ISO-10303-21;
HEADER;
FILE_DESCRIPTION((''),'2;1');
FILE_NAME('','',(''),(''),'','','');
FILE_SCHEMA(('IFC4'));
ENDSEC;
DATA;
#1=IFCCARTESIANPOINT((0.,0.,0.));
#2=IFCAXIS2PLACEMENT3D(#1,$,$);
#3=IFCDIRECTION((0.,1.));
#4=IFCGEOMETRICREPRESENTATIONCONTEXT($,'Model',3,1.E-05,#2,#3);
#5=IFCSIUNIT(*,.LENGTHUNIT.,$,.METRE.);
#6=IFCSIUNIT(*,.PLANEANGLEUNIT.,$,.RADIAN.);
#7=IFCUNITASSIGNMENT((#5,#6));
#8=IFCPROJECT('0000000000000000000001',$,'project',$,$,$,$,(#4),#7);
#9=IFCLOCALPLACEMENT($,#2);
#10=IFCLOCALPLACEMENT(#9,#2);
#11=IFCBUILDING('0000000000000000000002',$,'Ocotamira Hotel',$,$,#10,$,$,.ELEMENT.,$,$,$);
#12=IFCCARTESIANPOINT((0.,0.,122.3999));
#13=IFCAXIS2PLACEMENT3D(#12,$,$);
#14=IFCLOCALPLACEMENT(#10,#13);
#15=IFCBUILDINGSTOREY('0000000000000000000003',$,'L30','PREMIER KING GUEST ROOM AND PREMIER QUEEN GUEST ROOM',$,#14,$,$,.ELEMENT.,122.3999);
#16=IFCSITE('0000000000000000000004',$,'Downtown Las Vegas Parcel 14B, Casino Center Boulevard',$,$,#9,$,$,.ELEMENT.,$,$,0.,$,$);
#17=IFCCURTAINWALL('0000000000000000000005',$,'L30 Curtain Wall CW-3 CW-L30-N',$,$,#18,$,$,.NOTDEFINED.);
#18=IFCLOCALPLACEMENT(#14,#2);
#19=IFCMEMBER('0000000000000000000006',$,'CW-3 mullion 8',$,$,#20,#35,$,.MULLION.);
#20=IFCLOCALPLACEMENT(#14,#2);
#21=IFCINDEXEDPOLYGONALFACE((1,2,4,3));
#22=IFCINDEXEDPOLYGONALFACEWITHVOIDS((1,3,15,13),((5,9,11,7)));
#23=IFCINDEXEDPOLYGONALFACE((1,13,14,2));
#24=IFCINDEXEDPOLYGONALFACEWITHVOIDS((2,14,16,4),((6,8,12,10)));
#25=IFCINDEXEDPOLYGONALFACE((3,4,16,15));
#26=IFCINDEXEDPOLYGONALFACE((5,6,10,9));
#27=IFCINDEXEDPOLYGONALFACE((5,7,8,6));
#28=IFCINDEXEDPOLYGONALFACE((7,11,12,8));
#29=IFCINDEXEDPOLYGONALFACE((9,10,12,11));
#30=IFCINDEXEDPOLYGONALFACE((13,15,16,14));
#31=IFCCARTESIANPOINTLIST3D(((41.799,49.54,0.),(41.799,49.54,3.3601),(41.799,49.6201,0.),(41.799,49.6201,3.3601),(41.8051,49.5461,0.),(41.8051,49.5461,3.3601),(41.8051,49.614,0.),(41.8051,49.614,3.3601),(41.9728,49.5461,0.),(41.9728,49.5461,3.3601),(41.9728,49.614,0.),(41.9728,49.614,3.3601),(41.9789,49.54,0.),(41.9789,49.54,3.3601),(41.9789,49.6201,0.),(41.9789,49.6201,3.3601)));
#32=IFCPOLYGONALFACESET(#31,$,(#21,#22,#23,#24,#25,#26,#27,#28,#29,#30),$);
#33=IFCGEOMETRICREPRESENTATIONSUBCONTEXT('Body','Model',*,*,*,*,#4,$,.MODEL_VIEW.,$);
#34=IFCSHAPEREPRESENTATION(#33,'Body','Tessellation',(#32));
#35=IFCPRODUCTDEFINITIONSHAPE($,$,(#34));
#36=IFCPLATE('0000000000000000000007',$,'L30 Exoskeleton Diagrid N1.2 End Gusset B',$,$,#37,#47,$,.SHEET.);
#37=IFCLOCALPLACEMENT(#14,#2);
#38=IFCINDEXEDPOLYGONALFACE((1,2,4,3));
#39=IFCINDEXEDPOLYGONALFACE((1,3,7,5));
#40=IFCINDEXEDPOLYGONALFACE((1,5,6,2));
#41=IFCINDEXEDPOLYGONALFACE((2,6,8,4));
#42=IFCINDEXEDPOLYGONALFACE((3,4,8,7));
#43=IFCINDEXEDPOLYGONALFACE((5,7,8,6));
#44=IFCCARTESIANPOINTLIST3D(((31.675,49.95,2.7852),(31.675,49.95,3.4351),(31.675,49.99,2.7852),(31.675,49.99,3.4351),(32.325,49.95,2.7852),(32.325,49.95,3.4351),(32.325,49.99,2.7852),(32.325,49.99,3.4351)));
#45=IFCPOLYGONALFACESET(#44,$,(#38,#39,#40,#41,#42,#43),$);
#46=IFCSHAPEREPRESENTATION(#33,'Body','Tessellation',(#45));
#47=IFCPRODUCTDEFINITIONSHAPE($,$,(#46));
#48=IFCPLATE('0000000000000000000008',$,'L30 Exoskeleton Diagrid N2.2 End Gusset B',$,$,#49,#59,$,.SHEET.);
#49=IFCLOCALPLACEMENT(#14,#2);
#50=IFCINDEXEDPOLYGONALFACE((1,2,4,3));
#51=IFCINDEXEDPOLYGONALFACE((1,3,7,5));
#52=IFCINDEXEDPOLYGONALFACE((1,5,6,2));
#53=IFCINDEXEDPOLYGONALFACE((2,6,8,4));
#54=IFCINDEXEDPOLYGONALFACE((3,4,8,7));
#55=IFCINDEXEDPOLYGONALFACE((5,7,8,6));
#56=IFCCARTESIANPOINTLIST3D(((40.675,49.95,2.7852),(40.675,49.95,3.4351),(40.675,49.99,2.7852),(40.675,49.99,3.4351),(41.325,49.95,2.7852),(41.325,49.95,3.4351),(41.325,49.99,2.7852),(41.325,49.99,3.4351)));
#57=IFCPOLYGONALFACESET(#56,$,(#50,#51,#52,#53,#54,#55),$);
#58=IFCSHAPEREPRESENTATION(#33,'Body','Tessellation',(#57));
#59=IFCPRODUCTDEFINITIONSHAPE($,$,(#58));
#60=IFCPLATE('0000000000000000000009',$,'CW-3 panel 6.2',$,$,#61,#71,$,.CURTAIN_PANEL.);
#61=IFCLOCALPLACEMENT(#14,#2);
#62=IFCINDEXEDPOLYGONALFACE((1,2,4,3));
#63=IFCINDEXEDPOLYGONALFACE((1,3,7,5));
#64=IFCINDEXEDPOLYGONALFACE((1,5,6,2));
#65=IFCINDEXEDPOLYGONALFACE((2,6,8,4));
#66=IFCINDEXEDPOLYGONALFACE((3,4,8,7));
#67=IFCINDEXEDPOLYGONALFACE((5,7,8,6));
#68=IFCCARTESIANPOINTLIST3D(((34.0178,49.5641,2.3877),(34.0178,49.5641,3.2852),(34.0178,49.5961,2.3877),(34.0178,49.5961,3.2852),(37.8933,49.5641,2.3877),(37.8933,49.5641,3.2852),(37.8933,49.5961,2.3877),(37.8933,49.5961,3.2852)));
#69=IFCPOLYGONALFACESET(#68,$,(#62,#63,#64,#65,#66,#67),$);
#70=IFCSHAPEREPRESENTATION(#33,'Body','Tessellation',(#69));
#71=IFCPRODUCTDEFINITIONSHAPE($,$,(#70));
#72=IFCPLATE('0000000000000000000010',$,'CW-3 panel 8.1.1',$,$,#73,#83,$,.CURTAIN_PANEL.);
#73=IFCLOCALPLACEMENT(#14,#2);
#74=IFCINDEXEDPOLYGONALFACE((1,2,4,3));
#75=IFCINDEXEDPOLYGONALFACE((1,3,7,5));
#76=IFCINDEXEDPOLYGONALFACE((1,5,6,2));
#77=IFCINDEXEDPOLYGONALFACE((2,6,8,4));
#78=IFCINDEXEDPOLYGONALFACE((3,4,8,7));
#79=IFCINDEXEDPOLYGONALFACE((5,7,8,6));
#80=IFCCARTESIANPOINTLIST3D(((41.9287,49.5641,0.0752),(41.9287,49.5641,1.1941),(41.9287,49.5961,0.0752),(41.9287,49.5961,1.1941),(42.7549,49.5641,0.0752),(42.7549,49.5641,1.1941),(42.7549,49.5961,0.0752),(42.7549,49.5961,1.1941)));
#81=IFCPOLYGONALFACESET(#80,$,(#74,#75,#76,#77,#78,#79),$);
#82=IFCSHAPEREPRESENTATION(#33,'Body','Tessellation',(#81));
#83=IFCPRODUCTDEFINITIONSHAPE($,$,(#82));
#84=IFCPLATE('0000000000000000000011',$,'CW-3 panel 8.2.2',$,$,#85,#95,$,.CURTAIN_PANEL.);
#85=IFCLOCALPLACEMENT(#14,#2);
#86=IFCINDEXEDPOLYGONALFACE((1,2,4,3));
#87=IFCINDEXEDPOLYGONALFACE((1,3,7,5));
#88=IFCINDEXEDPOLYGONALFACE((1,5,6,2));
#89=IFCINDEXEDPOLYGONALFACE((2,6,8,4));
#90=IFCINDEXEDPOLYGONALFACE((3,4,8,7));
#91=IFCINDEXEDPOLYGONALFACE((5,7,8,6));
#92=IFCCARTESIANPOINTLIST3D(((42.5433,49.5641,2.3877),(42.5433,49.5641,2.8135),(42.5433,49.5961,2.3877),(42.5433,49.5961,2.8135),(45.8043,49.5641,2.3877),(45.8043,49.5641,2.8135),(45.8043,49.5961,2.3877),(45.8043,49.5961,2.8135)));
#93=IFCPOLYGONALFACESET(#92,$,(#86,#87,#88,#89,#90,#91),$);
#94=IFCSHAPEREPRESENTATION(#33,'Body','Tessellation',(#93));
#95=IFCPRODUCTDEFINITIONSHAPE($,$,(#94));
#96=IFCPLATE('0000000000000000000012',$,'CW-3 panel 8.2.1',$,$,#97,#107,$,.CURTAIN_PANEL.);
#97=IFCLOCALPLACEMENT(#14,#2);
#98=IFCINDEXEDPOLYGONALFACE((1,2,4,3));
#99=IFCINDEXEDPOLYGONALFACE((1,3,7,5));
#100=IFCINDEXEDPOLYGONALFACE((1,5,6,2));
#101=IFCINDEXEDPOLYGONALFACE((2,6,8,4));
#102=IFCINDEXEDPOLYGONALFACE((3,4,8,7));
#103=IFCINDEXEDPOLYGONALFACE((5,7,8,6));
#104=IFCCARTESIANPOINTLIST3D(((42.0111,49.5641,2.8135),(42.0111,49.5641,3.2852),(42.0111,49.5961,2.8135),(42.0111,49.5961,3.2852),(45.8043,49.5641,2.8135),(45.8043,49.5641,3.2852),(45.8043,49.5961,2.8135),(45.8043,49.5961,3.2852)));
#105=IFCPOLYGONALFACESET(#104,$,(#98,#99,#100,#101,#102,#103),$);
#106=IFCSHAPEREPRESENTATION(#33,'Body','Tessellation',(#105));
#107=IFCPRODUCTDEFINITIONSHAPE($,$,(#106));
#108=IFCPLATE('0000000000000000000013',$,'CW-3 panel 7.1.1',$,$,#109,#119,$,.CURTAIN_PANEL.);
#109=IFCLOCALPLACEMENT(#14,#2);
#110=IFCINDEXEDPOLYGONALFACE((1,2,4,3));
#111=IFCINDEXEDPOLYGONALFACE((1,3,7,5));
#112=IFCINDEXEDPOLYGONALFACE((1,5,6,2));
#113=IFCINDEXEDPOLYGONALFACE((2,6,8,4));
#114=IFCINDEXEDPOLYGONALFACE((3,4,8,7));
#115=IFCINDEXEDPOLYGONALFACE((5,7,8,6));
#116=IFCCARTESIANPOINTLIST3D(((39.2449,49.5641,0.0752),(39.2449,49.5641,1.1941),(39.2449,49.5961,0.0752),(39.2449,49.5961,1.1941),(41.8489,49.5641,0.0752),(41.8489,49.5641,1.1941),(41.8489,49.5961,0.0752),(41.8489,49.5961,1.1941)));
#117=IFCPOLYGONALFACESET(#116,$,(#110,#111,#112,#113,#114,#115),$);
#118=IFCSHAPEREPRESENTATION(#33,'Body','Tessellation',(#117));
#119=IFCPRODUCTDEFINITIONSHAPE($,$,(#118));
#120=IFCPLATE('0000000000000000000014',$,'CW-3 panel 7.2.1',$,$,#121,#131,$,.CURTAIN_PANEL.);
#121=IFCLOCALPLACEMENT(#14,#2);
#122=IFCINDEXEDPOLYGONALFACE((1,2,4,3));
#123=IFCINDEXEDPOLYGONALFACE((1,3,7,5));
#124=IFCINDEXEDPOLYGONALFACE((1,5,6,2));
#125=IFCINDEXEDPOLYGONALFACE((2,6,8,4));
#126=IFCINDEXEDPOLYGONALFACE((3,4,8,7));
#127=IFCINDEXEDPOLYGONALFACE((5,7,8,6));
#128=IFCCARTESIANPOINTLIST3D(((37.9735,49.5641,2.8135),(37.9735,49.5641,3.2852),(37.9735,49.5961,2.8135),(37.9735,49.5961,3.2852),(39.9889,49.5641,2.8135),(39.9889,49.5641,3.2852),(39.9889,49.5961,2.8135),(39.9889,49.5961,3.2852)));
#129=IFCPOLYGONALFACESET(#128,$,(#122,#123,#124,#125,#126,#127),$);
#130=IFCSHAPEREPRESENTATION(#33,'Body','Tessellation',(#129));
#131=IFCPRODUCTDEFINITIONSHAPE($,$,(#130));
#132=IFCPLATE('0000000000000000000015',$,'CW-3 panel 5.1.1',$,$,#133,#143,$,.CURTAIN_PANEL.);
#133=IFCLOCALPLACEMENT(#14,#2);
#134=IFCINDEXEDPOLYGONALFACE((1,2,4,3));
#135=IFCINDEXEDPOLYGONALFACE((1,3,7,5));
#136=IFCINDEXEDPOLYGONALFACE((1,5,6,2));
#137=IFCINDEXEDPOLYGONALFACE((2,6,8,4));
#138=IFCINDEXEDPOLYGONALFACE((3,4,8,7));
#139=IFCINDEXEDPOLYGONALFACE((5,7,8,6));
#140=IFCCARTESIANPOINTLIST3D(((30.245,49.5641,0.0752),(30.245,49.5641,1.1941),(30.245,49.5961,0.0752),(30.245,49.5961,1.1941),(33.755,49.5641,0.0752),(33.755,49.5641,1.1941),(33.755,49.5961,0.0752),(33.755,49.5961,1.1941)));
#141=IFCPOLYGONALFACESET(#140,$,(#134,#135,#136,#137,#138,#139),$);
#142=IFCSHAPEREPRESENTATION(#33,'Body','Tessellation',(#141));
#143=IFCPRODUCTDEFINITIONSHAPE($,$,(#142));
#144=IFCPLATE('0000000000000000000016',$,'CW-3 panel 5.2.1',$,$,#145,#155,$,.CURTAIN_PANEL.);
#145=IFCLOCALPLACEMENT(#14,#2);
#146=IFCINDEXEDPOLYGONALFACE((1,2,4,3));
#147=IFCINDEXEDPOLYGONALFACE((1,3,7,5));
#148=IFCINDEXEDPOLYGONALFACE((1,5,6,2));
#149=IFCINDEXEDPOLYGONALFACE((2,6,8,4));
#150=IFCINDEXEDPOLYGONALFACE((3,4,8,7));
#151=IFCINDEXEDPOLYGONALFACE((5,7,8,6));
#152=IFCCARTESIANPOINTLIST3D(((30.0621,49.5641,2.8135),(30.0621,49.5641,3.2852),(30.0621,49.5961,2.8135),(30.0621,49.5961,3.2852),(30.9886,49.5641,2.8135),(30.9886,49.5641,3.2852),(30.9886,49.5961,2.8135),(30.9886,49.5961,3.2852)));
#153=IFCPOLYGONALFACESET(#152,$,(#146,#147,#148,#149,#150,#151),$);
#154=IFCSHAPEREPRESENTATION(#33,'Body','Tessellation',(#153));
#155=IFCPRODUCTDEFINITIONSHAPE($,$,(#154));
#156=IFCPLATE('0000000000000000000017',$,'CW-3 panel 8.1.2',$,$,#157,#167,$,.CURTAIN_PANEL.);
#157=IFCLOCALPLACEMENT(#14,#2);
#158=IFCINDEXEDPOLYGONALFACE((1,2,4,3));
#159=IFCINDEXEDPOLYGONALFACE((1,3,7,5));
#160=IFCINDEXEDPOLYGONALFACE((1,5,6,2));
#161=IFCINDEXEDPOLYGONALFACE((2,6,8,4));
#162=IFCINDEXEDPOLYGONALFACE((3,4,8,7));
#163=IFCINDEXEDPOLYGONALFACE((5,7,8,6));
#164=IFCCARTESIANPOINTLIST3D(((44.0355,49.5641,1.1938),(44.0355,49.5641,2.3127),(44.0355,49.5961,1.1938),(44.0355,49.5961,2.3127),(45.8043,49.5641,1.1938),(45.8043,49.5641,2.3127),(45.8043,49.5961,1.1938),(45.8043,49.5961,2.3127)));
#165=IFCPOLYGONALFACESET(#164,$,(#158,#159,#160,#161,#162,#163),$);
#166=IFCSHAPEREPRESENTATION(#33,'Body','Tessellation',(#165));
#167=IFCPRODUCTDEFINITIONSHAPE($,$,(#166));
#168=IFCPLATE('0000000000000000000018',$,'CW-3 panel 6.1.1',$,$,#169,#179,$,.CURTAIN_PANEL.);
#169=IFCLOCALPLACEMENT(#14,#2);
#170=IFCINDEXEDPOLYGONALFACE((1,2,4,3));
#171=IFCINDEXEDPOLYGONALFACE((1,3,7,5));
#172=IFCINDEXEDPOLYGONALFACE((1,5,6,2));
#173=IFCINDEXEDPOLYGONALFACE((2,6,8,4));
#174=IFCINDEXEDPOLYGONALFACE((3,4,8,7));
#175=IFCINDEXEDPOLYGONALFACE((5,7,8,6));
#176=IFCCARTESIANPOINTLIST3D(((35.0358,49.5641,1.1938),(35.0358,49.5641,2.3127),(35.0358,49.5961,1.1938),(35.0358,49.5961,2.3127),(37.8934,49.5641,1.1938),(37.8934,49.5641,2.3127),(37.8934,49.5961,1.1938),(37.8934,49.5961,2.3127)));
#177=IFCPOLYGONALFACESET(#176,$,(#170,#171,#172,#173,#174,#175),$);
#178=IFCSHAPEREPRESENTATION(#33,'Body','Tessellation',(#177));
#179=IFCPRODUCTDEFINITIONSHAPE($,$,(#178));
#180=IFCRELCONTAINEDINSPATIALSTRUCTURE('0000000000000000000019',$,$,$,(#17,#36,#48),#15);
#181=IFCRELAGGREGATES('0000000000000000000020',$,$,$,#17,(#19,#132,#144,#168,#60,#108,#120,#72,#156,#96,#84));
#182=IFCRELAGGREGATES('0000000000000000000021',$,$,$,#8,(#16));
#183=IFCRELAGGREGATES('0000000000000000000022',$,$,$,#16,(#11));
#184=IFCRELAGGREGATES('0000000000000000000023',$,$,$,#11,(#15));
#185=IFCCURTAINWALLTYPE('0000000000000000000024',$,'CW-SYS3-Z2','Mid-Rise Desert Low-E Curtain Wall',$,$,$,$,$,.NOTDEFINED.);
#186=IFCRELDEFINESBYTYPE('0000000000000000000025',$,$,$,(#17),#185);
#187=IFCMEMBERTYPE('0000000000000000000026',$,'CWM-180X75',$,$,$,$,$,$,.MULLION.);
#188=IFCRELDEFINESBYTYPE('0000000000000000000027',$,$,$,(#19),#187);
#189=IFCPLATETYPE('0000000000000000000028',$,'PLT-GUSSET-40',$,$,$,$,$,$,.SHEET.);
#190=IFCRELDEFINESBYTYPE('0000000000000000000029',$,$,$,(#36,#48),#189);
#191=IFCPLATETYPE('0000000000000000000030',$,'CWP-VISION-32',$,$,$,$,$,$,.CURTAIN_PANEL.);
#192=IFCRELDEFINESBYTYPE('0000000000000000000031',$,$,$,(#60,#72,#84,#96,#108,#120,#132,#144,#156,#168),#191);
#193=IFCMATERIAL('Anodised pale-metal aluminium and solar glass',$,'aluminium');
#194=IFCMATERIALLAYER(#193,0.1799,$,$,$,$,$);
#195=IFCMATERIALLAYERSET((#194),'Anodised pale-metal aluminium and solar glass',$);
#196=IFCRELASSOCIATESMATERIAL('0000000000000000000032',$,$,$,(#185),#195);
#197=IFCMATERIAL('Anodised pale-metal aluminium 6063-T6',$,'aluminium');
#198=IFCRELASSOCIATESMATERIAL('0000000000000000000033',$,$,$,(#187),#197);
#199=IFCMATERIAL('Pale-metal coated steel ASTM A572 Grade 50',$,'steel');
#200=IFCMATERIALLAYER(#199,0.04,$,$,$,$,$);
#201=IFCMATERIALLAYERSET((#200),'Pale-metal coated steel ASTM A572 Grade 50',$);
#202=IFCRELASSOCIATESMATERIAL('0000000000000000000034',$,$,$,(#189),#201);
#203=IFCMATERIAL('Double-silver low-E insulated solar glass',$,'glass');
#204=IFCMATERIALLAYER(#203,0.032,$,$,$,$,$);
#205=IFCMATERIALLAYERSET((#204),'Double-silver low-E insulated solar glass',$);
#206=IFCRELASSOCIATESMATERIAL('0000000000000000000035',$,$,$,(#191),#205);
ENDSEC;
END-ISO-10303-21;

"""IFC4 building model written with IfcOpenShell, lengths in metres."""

from ifc_helpers import new_model, si_unit, direction, frame, origin, origin_2d, place, context, subcontext, project, spatial, rectangle, hollow_rectangle, extrude, source, transform, mapped, material, layer, layer_set, material_profile, profile_set, type_object, element, aggregate, save


model = new_model("IFC4")

# Units and contexts
model_context = context("Model", 3, precision=1e-05, world=origin(), true_north=direction((0.0, 1.0)))
body_context = subcontext(model_context, "Body", "Model", "MODEL_VIEW")
ifc_project = project(units=[si_unit("LENGTHUNIT", "METRE"), si_unit("PLANEANGLEUNIT", "RADIAN")], contexts=[model_context])

# Site, building, storey
site_placement = place(None, origin())
site = spatial("IfcSite", under=ifc_project, at=site_placement, Name="Downtown Las Vegas Parcel 14B, Casino Center Boulevard", CompositionType="ELEMENT", RefElevation=0.0)
building_placement = place(site_placement, origin())
building = spatial("IfcBuilding", under=site, at=building_placement, Name="Ocotamira Hotel", CompositionType="ELEMENT")
storey_placement = place(building_placement, frame((0.0, 0.0, 122.3999)))
storey = spatial("IfcBuildingStorey", under=building, at=storey_placement, Name="L30", Description="PREMIER KING GUEST ROOM AND PREMIER QUEEN GUEST ROOM", CompositionType="ELEMENT", Elevation=122.3999)

# Curtain wall, member
ifc_material_1 = material(Name="Anodised pale-metal aluminium and solar glass", Category="aluminium")
ifc_layer_1 = layer(ifc_material_1, 0.1799)
ifc_layer_set_1 = layer_set([ifc_layer_1], Name="Anodised pale-metal aluminium and solar glass")
curtain_wall_type = type_object("IfcCurtainWallType", Name="CW-SYS3-Z2", Description="Mid-Rise Desert Low-E Curtain Wall", PredefinedType="NOTDEFINED", material=ifc_layer_set_1)
curtain_wall_placement = place(storey_placement, origin())
curtain_wall = element("IfcCurtainWall", 1, at=curtain_wall_placement, inside=storey, type_object=curtain_wall_type, Name="L30 Curtain Wall CW-3 CW-L30-N", PredefinedType="NOTDEFINED")
ifc_material_2 = material(Name="Anodised pale-metal aluminium 6063-T6", Category="aluminium")
ifc_material_profile_1 = material_profile(ifc_material_2, hollow_rectangle(XDim=0.0801, YDim=0.1799, WallThickness=0.0061, at=origin_2d()), Name="HSS180X80X6")
ifc_profile_set_1 = profile_set([ifc_material_profile_1], Name="Anodised pale-metal aluminium 6063-T6")
member_type_1 = type_object("IfcMemberType", Name="CWM-180X75", PredefinedType="MULLION", material=ifc_profile_set_1)
shared_shape_1 = source(origin(), body_context, "Body", "SweptSolid", [
    extrude(hollow_rectangle(XDim=0.0801, YDim=0.1799, WallThickness=0.0061, at=origin_2d()), origin(), (0.0, 0.0, 1.0), 3.3601),
])
member_1_placement = place(storey_placement, frame((41.8889, 49.5801, 0.0), z_axis=(0.0, 0.0, 1.0), x_axis=(0.0, 1.0, 0.0)))
member_1 = element("IfcMember", 2, at=member_1_placement, type_object=member_type_1, Name="CW-3 mullion 8", PredefinedType="MULLION", context=body_context, shape_type="MappedRepresentation", body=[
    mapped(shared_shape_1, transform((0.0, 0.0, 0.0), scale=1.0)),
])

# Plates
ifc_material_3 = material(Name="Pale-metal coated steel ASTM A572 Grade 50", Category="steel")
ifc_layer_2 = layer(ifc_material_3, 0.04)
ifc_layer_set_2 = layer_set([ifc_layer_2], Name="Pale-metal coated steel ASTM A572 Grade 50")
plate_type_1 = type_object("IfcPlateType", Name="PLT-GUSSET-40", PredefinedType="SHEET", material=ifc_layer_set_2)
shared_shape_2 = source(origin(), body_context, "Body", "SweptSolid", [
    extrude(rectangle(XDim=0.6499, YDim=0.04, at=origin_2d()), origin(), (0.0, 0.0, 1.0), 0.6499),
])
for number, where, z_axis, x_axis, name in (
    (3, (32.0, 49.97, 2.7852), (0.0, 0.0, 1.0), (1.0, 0.0, 0.0), "L30 Exoskeleton Diagrid N1.2 End Gusset B"),
    (4, (41.0, 49.97, 2.7852), (0.0, 0.0, 1.0), (1.0, 0.0, 0.0), "L30 Exoskeleton Diagrid N2.2 End Gusset B"),
):
    element("IfcPlate", number, at=place(storey_placement, frame(where, z_axis=z_axis, x_axis=x_axis)), inside=storey, type_object=plate_type_1, Name=name, PredefinedType="SHEET", context=body_context, shape_type="MappedRepresentation", body=[
        mapped(shared_shape_2, transform((0.0, 0.0, 0.0), scale=1.0)),
    ])

# Plates
ifc_material_4 = material(Name="Double-silver low-E insulated solar glass", Category="glass")
ifc_layer_3 = layer(ifc_material_4, 0.032)
ifc_layer_set_3 = layer_set([ifc_layer_3], Name="Double-silver low-E insulated solar glass")
plate_type_2 = type_object("IfcPlateType", Name="CWP-VISION-32", PredefinedType="CURTAIN_PANEL", material=ifc_layer_set_3)
shared_shape_3 = source(origin(), body_context, "Body", "SweptSolid", [
    extrude(rectangle(XDim=3.8755, YDim=0.032, at=origin_2d()), origin(), (0.0, 0.0, 1.0), 0.8975),
])
plate_1_placement = place(storey_placement, frame((35.9556, 49.5801, 2.3877), z_axis=(0.0, 0.0, 1.0), x_axis=(1.0, 0.0, 0.0)))
plate_1 = element("IfcPlate", 5, at=plate_1_placement, type_object=plate_type_2, Name="CW-3 panel 6.2", PredefinedType="CURTAIN_PANEL", context=body_context, shape_type="MappedRepresentation", body=[
    mapped(shared_shape_3, transform((0.0, 0.0, 0.0), scale=1.0)),
])
shared_shape_4 = source(origin(), body_context, "Body", "SweptSolid", [
    extrude(rectangle(XDim=0.8262, YDim=0.032, at=origin_2d()), origin(), (0.0, 0.0, 1.0), 1.1189),
])
plate_2_placement = place(storey_placement, frame((42.3418, 49.5801, 0.0752), z_axis=(0.0, 0.0, 1.0), x_axis=(1.0, 0.0, 0.0)))
plate_2 = element("IfcPlate", 6, at=plate_2_placement, type_object=plate_type_2, Name="CW-3 panel 8.1.1", PredefinedType="CURTAIN_PANEL", context=body_context, shape_type="MappedRepresentation", body=[
    mapped(shared_shape_4, transform((0.0, 0.0, 0.0), scale=1.0)),
])
shared_shape_5 = source(origin(), body_context, "Body", "SweptSolid", [
    extrude(rectangle(XDim=3.261, YDim=0.032, at=origin_2d()), origin(), (0.0, 0.0, 1.0), 0.4258),
])
plate_3_placement = place(storey_placement, frame((44.1738, 49.5801, 2.3877), z_axis=(0.0, 0.0, 1.0), x_axis=(1.0, 0.0, 0.0)))
plate_3 = element("IfcPlate", 7, at=plate_3_placement, type_object=plate_type_2, Name="CW-3 panel 8.2.2", PredefinedType="CURTAIN_PANEL", context=body_context, shape_type="MappedRepresentation", body=[
    mapped(shared_shape_5, transform((0.0, 0.0, 0.0), scale=1.0)),
])
shared_shape_6 = source(origin(), body_context, "Body", "SweptSolid", [
    extrude(rectangle(XDim=3.7932, YDim=0.032, at=origin_2d()), origin(), (0.0, 0.0, 1.0), 0.4717),
])
plate_4_placement = place(storey_placement, frame((43.9077, 49.5801, 2.8135), z_axis=(0.0, 0.0, 1.0), x_axis=(1.0, 0.0, 0.0)))
plate_4 = element("IfcPlate", 8, at=plate_4_placement, type_object=plate_type_2, Name="CW-3 panel 8.2.1", PredefinedType="CURTAIN_PANEL", context=body_context, shape_type="MappedRepresentation", body=[
    mapped(shared_shape_6, transform((0.0, 0.0, 0.0), scale=1.0)),
])
shared_shape_7 = source(origin(), body_context, "Body", "SweptSolid", [
    extrude(rectangle(XDim=2.604, YDim=0.032, at=origin_2d()), origin(), (0.0, 0.0, 1.0), 1.1189),
])
plate_5_placement = place(storey_placement, frame((40.5469, 49.5801, 0.0752), z_axis=(0.0, 0.0, 1.0), x_axis=(1.0, 0.0, 0.0)))
plate_5 = element("IfcPlate", 9, at=plate_5_placement, type_object=plate_type_2, Name="CW-3 panel 7.1.1", PredefinedType="CURTAIN_PANEL", context=body_context, shape_type="MappedRepresentation", body=[
    mapped(shared_shape_7, transform((0.0, 0.0, 0.0), scale=1.0)),
])
shared_shape_8 = source(origin(), body_context, "Body", "SweptSolid", [
    extrude(rectangle(XDim=2.0154, YDim=0.032, at=origin_2d()), origin(), (0.0, 0.0, 1.0), 0.4717),
])
plate_6_placement = place(storey_placement, frame((38.9812, 49.5801, 2.8135), z_axis=(0.0, 0.0, 1.0), x_axis=(1.0, 0.0, 0.0)))
plate_6 = element("IfcPlate", 10, at=plate_6_placement, type_object=plate_type_2, Name="CW-3 panel 7.2.1", PredefinedType="CURTAIN_PANEL", context=body_context, shape_type="MappedRepresentation", body=[
    mapped(shared_shape_8, transform((0.0, 0.0, 0.0), scale=1.0)),
])
shared_shape_9 = source(origin(), body_context, "Body", "SweptSolid", [
    extrude(rectangle(XDim=3.51, YDim=0.032, at=origin_2d()), origin(), (0.0, 0.0, 1.0), 1.1189),
])
plate_7_placement = place(storey_placement, frame((32.0, 49.5801, 0.0752), z_axis=(0.0, 0.0, 1.0), x_axis=(1.0, 0.0, 0.0)))
plate_7 = element("IfcPlate", 11, at=plate_7_placement, type_object=plate_type_2, Name="CW-3 panel 5.1.1", PredefinedType="CURTAIN_PANEL", context=body_context, shape_type="MappedRepresentation", body=[
    mapped(shared_shape_9, transform((0.0, 0.0, 0.0), scale=1.0)),
])
shared_shape_10 = source(origin(), body_context, "Body", "SweptSolid", [
    extrude(rectangle(XDim=0.9265, YDim=0.032, at=origin_2d()), origin(), (0.0, 0.0, 1.0), 0.4717),
])
plate_8_placement = place(storey_placement, frame((30.5254, 49.5801, 2.8135), z_axis=(0.0, 0.0, 1.0), x_axis=(1.0, 0.0, 0.0)))
plate_8 = element("IfcPlate", 12, at=plate_8_placement, type_object=plate_type_2, Name="CW-3 panel 5.2.1", PredefinedType="CURTAIN_PANEL", context=body_context, shape_type="MappedRepresentation", body=[
    mapped(shared_shape_10, transform((0.0, 0.0, 0.0), scale=1.0)),
])
shared_shape_11 = source(origin(), body_context, "Body", "SweptSolid", [
    extrude(rectangle(XDim=1.7688, YDim=0.032, at=origin_2d()), origin(), (0.0, 0.0, 1.0), 1.1189),
])
plate_9_placement = place(storey_placement, frame((44.9199, 49.5801, 1.1938), z_axis=(0.0, 0.0, 1.0), x_axis=(1.0, 0.0, 0.0)))
plate_9 = element("IfcPlate", 13, at=plate_9_placement, type_object=plate_type_2, Name="CW-3 panel 8.1.2", PredefinedType="CURTAIN_PANEL", context=body_context, shape_type="MappedRepresentation", body=[
    mapped(shared_shape_11, transform((0.0, 0.0, 0.0), scale=1.0)),
])
shared_shape_12 = source(origin(), body_context, "Body", "SweptSolid", [
    extrude(rectangle(XDim=2.8577, YDim=0.032, at=origin_2d()), origin(), (0.0, 0.0, 1.0), 1.1189),
])
plate_10_placement = place(storey_placement, frame((36.4646, 49.5801, 1.1938), z_axis=(0.0, 0.0, 1.0), x_axis=(1.0, 0.0, 0.0)))
plate_10 = element("IfcPlate", 14, at=plate_10_placement, type_object=plate_type_2, Name="CW-3 panel 6.1.1", PredefinedType="CURTAIN_PANEL", context=body_context, shape_type="MappedRepresentation", body=[
    mapped(shared_shape_12, transform((0.0, 0.0, 0.0), scale=1.0)),
])
aggregate(curtain_wall, [member_1, plate_7, plate_8, plate_10, plate_1, plate_5, plate_6, plate_2, plate_9, plate_4, plate_3])

save(model, "model.ifc")
